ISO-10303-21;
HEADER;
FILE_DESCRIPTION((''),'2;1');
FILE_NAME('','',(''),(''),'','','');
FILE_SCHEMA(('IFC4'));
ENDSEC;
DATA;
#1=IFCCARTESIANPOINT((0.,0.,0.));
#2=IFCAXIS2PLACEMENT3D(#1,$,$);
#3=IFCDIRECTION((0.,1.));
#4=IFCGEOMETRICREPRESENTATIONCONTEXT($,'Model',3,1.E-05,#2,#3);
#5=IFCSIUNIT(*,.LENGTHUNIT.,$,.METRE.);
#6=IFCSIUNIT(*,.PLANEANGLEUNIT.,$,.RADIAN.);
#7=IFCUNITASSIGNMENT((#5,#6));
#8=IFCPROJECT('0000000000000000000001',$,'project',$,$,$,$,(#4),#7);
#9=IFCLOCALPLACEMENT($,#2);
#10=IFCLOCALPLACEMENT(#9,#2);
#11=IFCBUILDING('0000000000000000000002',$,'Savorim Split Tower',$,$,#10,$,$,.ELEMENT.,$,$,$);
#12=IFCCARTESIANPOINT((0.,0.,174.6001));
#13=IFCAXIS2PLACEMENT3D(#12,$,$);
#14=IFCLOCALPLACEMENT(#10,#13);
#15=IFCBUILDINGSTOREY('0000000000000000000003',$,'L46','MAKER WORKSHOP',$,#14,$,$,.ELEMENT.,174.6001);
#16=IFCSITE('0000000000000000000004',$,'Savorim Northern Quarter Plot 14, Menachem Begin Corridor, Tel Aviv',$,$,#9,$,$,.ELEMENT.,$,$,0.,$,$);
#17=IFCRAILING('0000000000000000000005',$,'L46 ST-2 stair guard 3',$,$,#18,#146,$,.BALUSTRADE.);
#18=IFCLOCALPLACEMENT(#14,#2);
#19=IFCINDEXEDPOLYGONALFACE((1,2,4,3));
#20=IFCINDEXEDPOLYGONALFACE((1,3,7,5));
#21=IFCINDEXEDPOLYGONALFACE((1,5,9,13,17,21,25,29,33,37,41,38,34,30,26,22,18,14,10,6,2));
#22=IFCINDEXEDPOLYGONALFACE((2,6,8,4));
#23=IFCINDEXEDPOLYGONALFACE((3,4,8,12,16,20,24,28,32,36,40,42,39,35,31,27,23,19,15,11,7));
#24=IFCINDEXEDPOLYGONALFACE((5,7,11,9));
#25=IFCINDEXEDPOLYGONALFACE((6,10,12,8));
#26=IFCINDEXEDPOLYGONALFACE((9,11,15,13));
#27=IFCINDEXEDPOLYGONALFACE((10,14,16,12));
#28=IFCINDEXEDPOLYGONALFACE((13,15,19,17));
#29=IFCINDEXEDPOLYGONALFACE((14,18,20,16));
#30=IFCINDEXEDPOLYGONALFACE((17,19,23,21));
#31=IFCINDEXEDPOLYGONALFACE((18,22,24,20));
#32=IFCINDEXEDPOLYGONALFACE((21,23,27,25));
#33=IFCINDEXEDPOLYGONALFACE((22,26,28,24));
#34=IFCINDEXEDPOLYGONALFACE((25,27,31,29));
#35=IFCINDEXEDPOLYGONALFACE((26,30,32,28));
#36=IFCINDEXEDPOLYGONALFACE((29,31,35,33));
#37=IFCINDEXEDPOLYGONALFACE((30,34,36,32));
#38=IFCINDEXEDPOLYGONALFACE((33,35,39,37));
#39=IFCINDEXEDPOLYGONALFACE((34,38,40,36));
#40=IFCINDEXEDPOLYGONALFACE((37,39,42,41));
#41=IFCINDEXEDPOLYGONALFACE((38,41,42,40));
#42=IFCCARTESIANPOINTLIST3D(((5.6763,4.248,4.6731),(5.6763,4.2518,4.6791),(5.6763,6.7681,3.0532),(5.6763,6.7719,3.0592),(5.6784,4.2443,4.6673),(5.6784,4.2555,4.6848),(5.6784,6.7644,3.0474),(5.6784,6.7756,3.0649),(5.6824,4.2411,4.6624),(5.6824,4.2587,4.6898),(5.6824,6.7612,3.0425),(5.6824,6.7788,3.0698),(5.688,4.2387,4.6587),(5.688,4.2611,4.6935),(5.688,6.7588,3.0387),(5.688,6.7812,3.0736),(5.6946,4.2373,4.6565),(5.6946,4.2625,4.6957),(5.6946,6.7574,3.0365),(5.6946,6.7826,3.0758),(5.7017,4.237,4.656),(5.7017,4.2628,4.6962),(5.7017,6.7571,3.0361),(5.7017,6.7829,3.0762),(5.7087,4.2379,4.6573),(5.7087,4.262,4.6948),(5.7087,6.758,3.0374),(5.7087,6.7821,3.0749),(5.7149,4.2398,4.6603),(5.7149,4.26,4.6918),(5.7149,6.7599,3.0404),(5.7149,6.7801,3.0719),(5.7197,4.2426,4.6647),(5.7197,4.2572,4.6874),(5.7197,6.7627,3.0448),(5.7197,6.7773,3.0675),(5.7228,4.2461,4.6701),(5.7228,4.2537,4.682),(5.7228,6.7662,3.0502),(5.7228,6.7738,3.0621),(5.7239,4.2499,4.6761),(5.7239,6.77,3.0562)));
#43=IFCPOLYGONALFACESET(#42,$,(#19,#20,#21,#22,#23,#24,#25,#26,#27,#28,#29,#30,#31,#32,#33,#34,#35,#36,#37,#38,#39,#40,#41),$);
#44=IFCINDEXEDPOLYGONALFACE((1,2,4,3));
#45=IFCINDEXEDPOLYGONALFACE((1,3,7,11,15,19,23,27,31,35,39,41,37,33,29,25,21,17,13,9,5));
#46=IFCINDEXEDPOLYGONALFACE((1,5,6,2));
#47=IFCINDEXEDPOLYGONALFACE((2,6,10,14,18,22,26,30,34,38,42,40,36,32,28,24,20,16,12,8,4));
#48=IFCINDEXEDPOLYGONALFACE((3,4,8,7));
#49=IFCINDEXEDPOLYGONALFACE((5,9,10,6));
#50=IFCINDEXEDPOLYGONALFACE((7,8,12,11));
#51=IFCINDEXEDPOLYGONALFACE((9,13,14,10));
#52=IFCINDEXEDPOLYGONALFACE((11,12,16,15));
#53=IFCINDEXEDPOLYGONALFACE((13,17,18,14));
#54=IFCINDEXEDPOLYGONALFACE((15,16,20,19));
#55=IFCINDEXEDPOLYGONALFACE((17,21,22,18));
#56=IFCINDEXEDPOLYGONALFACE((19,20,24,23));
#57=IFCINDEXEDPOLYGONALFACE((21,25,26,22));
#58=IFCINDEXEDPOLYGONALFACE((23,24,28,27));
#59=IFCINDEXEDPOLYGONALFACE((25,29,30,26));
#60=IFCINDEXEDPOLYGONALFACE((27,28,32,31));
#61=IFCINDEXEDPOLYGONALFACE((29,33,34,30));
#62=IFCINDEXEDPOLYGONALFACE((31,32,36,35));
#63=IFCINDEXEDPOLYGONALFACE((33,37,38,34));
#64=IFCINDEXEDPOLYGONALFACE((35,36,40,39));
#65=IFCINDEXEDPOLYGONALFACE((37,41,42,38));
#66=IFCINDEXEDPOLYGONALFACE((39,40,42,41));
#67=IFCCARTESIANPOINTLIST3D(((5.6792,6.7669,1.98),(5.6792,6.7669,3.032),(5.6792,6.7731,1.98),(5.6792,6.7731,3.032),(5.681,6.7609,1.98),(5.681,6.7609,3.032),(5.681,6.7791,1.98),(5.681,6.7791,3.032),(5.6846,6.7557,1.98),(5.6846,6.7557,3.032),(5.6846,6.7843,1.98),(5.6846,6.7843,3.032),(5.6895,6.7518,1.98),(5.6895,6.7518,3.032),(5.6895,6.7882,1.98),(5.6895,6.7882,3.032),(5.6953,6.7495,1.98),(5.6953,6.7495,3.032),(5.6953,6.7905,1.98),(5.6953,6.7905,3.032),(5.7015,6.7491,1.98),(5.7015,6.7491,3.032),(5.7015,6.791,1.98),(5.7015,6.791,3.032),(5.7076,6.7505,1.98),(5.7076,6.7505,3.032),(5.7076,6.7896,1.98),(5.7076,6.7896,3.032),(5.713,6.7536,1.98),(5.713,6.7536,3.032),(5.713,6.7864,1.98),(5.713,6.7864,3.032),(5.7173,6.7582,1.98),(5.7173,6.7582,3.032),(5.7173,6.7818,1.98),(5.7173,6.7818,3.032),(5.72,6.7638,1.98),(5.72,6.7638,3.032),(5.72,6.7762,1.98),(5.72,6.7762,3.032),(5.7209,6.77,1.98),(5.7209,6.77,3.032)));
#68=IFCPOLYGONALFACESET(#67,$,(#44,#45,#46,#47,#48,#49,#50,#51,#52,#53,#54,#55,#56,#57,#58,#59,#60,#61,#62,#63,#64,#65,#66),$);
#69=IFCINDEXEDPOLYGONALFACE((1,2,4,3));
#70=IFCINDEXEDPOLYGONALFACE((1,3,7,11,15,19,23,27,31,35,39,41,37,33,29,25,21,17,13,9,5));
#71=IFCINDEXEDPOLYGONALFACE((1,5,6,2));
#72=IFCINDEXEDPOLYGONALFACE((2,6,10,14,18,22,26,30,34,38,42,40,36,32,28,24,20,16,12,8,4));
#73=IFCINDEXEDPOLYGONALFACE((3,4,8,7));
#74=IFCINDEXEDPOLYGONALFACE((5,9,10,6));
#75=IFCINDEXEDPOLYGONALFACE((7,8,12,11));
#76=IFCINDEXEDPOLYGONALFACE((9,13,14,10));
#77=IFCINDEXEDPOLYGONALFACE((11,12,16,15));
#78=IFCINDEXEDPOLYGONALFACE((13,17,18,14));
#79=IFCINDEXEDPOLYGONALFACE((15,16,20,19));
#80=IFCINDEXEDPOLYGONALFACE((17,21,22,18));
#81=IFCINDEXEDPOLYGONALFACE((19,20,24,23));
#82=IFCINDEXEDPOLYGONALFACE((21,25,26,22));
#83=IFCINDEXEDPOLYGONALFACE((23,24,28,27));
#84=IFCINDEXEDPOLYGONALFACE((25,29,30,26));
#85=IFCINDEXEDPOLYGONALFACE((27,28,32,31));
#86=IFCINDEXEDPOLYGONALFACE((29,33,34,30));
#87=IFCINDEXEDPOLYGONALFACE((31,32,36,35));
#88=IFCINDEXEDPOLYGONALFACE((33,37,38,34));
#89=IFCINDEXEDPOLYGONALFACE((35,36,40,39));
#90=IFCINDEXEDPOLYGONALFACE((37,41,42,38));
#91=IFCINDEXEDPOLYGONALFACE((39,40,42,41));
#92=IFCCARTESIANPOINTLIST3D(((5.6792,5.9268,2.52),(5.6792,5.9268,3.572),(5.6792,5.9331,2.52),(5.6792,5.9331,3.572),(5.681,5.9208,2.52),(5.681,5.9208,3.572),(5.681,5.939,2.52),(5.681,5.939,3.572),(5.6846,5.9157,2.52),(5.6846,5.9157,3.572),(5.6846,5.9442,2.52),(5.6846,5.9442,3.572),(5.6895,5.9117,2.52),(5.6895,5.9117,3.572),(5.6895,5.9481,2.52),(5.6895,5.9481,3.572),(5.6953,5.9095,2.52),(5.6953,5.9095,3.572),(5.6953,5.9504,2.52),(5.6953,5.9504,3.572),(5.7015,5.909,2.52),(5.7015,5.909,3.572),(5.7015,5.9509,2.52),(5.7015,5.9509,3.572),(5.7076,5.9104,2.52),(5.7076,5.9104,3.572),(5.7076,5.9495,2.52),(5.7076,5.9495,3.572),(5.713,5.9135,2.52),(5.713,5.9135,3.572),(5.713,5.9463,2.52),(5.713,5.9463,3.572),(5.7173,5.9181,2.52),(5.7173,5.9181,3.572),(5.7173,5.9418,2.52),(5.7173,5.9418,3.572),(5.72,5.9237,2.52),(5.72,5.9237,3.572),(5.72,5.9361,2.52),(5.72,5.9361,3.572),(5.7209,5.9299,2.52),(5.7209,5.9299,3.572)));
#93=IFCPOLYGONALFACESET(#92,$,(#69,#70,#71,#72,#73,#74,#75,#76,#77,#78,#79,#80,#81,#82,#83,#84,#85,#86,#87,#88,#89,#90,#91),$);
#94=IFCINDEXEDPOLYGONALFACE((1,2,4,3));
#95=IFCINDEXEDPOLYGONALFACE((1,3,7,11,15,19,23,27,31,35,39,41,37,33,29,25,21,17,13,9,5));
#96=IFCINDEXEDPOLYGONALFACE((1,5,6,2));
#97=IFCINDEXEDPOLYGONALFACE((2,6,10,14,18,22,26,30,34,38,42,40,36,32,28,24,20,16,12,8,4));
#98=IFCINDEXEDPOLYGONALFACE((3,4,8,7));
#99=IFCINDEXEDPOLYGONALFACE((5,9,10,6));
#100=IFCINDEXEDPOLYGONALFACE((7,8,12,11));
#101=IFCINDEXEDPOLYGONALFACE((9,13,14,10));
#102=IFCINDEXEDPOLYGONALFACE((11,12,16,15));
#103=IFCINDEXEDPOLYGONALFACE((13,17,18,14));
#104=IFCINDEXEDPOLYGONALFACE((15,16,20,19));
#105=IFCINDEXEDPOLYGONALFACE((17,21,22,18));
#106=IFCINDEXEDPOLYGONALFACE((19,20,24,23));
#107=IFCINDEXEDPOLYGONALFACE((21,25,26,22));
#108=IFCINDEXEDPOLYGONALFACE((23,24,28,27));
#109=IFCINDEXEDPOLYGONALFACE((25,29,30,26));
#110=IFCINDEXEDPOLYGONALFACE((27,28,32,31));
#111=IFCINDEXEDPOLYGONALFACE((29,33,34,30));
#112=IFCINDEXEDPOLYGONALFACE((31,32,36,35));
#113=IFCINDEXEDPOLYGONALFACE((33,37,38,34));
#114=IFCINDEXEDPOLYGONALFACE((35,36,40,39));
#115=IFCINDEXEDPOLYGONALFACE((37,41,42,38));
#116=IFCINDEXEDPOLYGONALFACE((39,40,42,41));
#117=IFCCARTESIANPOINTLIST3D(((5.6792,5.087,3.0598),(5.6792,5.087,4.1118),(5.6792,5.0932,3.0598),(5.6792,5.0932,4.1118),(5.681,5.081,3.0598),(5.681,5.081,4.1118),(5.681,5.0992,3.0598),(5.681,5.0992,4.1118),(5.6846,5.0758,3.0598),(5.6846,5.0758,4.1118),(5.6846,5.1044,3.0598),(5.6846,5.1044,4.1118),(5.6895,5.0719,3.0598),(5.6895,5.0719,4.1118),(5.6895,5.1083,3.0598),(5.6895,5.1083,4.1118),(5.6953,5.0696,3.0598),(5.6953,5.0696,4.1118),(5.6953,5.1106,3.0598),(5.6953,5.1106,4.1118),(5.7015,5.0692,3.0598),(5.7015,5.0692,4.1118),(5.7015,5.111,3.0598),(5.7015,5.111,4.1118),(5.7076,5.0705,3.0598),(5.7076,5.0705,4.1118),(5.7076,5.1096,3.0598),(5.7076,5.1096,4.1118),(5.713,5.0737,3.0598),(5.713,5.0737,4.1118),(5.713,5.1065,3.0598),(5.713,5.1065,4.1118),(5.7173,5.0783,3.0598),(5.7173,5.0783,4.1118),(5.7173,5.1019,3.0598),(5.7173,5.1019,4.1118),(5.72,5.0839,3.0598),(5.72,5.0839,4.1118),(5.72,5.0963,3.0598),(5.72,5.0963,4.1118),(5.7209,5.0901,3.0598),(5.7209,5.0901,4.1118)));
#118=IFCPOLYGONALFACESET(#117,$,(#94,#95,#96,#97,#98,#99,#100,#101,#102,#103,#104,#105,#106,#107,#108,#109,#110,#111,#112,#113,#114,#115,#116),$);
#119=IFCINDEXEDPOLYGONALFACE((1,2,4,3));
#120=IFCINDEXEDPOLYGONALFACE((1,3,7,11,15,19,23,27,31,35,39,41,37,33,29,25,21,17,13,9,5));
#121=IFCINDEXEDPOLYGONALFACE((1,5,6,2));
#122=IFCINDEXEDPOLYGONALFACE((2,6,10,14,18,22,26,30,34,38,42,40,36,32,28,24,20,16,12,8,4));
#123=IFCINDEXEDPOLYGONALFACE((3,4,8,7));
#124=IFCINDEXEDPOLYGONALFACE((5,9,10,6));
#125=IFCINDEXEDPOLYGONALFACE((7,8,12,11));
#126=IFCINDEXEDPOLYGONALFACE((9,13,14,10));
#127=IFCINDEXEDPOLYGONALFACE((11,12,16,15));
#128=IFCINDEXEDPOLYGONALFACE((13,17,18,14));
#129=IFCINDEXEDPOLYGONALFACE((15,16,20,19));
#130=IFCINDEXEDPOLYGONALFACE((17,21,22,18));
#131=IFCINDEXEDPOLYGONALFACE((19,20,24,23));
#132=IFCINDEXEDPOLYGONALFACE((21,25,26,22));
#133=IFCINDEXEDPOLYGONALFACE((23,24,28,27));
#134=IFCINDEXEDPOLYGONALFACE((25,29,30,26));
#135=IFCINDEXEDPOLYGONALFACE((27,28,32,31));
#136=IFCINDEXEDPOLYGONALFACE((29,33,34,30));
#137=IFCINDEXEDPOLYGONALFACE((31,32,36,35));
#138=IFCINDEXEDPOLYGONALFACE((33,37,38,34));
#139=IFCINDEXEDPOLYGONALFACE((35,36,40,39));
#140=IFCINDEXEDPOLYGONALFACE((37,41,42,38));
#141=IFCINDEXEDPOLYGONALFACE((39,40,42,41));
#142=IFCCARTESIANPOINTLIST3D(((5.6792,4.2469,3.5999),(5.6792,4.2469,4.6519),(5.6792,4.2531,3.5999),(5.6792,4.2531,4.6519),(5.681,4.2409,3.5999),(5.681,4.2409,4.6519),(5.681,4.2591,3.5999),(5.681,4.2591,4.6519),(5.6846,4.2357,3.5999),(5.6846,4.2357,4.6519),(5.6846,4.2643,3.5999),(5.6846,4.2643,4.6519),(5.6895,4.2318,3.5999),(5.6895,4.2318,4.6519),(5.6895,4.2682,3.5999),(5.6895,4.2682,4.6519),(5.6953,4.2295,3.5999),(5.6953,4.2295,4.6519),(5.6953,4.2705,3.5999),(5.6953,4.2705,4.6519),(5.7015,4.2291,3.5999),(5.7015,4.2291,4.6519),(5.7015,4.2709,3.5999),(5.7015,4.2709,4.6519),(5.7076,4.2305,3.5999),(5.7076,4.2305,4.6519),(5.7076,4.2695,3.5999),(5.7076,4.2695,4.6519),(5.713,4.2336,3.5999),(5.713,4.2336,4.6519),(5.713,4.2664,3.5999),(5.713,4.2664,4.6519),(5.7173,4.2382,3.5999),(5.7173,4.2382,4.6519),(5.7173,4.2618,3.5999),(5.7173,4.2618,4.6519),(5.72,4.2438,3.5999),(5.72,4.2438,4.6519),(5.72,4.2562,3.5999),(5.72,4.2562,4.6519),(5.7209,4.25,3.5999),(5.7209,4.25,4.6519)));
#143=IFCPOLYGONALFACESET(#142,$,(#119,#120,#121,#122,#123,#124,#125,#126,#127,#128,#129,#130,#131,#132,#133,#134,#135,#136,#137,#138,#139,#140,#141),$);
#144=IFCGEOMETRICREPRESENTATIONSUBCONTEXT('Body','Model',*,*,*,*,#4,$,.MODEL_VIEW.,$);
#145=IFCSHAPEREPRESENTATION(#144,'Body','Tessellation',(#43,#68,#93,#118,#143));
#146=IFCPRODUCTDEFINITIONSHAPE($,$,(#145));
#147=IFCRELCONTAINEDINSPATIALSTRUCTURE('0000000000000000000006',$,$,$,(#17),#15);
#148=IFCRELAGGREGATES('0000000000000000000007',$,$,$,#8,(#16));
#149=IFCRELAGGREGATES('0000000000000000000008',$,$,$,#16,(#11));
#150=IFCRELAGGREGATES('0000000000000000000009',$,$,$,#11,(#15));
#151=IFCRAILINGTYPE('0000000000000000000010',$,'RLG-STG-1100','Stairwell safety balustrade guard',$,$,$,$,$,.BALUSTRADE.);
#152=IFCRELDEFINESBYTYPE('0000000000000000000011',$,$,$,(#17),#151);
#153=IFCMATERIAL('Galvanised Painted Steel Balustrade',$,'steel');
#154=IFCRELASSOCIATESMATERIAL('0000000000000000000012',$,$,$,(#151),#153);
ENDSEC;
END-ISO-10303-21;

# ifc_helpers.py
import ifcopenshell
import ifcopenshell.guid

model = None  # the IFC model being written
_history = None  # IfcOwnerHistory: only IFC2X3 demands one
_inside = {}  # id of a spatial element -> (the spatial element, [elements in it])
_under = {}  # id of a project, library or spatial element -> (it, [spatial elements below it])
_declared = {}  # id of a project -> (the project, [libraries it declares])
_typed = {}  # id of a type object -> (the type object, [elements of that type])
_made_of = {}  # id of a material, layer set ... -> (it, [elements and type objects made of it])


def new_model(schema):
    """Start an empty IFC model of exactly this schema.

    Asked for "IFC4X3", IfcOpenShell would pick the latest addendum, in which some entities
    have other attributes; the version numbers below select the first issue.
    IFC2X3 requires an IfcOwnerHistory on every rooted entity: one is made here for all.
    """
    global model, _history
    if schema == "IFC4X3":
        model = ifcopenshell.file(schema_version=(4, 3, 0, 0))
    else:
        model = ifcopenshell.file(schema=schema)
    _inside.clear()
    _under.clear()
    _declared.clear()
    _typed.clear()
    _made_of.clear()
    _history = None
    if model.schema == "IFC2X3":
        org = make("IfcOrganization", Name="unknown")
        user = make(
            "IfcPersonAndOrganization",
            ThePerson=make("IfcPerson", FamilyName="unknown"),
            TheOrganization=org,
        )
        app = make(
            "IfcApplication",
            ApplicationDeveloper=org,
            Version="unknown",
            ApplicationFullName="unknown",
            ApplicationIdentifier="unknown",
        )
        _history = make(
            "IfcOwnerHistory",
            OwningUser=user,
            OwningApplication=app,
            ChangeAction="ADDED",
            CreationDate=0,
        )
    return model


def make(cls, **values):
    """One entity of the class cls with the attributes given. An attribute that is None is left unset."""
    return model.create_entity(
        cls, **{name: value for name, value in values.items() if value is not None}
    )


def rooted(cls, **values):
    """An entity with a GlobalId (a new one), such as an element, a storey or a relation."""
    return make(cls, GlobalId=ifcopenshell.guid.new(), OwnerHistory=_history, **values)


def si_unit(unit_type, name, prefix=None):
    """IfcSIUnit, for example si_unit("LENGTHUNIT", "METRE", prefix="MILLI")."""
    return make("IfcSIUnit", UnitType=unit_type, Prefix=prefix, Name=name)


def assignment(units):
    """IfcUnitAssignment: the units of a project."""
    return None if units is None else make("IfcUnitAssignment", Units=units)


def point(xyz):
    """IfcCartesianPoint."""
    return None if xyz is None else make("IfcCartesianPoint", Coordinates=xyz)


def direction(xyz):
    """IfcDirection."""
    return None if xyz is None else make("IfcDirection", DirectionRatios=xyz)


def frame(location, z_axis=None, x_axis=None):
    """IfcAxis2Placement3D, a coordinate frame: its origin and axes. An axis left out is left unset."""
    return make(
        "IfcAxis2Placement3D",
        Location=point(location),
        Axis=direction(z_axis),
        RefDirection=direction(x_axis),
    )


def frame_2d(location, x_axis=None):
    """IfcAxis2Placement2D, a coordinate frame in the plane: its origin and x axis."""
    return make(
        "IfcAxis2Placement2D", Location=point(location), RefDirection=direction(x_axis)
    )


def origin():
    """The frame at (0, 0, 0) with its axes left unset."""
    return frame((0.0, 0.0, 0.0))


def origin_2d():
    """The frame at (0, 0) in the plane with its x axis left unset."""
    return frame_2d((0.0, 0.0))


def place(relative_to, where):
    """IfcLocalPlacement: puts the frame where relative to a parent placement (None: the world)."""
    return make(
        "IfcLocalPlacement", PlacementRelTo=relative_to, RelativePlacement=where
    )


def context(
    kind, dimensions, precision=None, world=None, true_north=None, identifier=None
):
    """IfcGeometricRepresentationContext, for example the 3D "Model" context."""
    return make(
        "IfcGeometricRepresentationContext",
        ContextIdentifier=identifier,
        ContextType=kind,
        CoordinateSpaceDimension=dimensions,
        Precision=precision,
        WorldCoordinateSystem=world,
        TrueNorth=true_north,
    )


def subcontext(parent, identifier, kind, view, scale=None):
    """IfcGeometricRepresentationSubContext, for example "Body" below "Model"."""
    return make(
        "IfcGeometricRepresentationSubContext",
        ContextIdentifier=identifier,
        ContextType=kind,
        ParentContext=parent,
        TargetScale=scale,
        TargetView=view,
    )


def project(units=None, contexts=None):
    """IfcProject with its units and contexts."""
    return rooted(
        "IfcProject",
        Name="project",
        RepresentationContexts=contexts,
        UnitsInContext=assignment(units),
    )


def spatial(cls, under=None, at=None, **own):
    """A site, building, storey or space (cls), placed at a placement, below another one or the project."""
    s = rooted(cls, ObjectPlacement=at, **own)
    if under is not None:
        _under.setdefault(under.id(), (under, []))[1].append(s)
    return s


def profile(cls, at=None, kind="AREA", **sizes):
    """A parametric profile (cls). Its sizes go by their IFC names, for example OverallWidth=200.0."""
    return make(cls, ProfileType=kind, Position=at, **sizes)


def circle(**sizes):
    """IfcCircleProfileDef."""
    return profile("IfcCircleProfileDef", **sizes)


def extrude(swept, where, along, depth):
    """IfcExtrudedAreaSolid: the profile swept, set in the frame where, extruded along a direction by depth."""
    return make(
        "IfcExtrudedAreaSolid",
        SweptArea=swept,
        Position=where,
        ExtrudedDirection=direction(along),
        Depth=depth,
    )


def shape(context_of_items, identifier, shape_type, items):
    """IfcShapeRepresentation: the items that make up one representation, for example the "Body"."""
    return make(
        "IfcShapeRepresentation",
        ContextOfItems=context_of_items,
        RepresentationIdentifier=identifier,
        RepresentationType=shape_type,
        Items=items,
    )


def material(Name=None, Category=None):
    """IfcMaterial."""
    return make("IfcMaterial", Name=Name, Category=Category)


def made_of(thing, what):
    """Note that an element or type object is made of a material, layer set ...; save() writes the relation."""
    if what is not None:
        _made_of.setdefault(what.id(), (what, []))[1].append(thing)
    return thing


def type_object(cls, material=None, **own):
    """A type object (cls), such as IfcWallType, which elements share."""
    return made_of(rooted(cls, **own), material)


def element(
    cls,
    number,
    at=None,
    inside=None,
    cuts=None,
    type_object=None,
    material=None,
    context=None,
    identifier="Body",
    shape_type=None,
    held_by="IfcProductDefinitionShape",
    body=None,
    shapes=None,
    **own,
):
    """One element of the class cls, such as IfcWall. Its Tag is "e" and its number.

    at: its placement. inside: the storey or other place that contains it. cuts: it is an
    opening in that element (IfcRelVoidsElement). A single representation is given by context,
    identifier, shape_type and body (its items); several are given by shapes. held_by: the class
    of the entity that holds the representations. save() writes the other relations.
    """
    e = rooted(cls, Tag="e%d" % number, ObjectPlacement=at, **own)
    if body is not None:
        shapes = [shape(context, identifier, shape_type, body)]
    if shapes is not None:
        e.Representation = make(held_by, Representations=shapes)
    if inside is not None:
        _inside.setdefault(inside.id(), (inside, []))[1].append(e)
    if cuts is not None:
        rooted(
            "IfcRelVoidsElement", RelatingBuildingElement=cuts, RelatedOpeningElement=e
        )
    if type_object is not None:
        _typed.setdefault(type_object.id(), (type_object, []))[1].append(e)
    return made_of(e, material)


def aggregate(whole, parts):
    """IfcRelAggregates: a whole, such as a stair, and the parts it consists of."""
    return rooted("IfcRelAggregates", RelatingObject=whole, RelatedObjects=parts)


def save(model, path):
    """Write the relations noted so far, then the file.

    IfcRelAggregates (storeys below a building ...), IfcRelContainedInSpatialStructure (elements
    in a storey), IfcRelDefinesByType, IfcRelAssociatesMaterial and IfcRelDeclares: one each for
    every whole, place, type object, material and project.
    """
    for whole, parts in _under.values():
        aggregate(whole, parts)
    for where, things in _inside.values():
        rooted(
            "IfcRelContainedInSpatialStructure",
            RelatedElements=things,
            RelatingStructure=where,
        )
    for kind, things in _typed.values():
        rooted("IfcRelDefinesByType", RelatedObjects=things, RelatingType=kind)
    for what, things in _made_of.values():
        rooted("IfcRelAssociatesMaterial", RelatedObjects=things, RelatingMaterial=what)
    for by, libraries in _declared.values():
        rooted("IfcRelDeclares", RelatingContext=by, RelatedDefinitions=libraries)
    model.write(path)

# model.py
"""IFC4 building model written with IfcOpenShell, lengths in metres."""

from ifc_helpers import new_model, si_unit, direction, frame, origin, origin_2d, place, context, subcontext, project, spatial, circle, extrude, material, type_object, element, save


model = new_model("IFC4")

# Units and contexts
model_context = context("Model", 3, precision=1e-05, world=origin(), true_north=direction((0.0, 1.0)))
body_context = subcontext(model_context, "Body", "Model", "MODEL_VIEW")
ifc_project = project(units=[si_unit("LENGTHUNIT", "METRE"), si_unit("PLANEANGLEUNIT", "RADIAN")], contexts=[model_context])

# Site, building, storey
site_placement = place(None, origin())
site = spatial("IfcSite", under=ifc_project, at=site_placement, Name="Savorim Northern Quarter Plot 14, Menachem Begin Corridor, Tel Aviv", CompositionType="ELEMENT", RefElevation=0.0)
building_placement = place(site_placement, origin())
building = spatial("IfcBuilding", under=site, at=building_placement, Name="Savorim Split Tower", CompositionType="ELEMENT")
storey_placement = place(building_placement, frame((0.0, 0.0, 174.6001)))
storey = spatial("IfcBuildingStorey", under=building, at=storey_placement, Name="L46", Description="MAKER WORKSHOP", CompositionType="ELEMENT", Elevation=174.6001)

# Railing
ifc_material_1 = material(Name="Galvanised Painted Steel Balustrade", Category="steel")
railing_type_1 = type_object("IfcRailingType", Name="RLG-STG-1100", Description="Stairwell safety balustrade guard", PredefinedType="BALUSTRADE", material=ifc_material_1)
railing_1_placement = place(storey_placement, frame((5.7, 6.77, 1.98)))
element("IfcRailing", 1, at=railing_1_placement, inside=storey, type_object=railing_type_1, Name="L46 ST-2 stair guard 3", PredefinedType="BALUSTRADE", context=body_context, shape_type="SweptSolid", body=[
    extrude(circle(Radius=0.0239, at=origin_2d()), frame((0.0, 0.0, 1.0762), z_axis=(0.0, -0.8412, 0.540725), x_axis=(1.0, 0.0, 0.0)), (0.0, 0.0, 1.0), 2.9958),
    extrude(circle(Radius=0.021, at=origin_2d()), origin(), (0.0, 0.0, 1.0), 1.052),
    extrude(circle(Radius=0.021, at=origin_2d()), frame((0.0, -0.8401, 0.54)), (0.0, 0.0, 1.0), 1.052),
    extrude(circle(Radius=0.021, at=origin_2d()), frame((0.0, -1.6799, 1.0798)), (0.0, 0.0, 1.0), 1.052),
    extrude(circle(Radius=0.021, at=origin_2d()), frame((0.0, -2.52, 1.6199)), (0.0, 0.0, 1.0), 1.052),
])

save(model, "model.ifc")
